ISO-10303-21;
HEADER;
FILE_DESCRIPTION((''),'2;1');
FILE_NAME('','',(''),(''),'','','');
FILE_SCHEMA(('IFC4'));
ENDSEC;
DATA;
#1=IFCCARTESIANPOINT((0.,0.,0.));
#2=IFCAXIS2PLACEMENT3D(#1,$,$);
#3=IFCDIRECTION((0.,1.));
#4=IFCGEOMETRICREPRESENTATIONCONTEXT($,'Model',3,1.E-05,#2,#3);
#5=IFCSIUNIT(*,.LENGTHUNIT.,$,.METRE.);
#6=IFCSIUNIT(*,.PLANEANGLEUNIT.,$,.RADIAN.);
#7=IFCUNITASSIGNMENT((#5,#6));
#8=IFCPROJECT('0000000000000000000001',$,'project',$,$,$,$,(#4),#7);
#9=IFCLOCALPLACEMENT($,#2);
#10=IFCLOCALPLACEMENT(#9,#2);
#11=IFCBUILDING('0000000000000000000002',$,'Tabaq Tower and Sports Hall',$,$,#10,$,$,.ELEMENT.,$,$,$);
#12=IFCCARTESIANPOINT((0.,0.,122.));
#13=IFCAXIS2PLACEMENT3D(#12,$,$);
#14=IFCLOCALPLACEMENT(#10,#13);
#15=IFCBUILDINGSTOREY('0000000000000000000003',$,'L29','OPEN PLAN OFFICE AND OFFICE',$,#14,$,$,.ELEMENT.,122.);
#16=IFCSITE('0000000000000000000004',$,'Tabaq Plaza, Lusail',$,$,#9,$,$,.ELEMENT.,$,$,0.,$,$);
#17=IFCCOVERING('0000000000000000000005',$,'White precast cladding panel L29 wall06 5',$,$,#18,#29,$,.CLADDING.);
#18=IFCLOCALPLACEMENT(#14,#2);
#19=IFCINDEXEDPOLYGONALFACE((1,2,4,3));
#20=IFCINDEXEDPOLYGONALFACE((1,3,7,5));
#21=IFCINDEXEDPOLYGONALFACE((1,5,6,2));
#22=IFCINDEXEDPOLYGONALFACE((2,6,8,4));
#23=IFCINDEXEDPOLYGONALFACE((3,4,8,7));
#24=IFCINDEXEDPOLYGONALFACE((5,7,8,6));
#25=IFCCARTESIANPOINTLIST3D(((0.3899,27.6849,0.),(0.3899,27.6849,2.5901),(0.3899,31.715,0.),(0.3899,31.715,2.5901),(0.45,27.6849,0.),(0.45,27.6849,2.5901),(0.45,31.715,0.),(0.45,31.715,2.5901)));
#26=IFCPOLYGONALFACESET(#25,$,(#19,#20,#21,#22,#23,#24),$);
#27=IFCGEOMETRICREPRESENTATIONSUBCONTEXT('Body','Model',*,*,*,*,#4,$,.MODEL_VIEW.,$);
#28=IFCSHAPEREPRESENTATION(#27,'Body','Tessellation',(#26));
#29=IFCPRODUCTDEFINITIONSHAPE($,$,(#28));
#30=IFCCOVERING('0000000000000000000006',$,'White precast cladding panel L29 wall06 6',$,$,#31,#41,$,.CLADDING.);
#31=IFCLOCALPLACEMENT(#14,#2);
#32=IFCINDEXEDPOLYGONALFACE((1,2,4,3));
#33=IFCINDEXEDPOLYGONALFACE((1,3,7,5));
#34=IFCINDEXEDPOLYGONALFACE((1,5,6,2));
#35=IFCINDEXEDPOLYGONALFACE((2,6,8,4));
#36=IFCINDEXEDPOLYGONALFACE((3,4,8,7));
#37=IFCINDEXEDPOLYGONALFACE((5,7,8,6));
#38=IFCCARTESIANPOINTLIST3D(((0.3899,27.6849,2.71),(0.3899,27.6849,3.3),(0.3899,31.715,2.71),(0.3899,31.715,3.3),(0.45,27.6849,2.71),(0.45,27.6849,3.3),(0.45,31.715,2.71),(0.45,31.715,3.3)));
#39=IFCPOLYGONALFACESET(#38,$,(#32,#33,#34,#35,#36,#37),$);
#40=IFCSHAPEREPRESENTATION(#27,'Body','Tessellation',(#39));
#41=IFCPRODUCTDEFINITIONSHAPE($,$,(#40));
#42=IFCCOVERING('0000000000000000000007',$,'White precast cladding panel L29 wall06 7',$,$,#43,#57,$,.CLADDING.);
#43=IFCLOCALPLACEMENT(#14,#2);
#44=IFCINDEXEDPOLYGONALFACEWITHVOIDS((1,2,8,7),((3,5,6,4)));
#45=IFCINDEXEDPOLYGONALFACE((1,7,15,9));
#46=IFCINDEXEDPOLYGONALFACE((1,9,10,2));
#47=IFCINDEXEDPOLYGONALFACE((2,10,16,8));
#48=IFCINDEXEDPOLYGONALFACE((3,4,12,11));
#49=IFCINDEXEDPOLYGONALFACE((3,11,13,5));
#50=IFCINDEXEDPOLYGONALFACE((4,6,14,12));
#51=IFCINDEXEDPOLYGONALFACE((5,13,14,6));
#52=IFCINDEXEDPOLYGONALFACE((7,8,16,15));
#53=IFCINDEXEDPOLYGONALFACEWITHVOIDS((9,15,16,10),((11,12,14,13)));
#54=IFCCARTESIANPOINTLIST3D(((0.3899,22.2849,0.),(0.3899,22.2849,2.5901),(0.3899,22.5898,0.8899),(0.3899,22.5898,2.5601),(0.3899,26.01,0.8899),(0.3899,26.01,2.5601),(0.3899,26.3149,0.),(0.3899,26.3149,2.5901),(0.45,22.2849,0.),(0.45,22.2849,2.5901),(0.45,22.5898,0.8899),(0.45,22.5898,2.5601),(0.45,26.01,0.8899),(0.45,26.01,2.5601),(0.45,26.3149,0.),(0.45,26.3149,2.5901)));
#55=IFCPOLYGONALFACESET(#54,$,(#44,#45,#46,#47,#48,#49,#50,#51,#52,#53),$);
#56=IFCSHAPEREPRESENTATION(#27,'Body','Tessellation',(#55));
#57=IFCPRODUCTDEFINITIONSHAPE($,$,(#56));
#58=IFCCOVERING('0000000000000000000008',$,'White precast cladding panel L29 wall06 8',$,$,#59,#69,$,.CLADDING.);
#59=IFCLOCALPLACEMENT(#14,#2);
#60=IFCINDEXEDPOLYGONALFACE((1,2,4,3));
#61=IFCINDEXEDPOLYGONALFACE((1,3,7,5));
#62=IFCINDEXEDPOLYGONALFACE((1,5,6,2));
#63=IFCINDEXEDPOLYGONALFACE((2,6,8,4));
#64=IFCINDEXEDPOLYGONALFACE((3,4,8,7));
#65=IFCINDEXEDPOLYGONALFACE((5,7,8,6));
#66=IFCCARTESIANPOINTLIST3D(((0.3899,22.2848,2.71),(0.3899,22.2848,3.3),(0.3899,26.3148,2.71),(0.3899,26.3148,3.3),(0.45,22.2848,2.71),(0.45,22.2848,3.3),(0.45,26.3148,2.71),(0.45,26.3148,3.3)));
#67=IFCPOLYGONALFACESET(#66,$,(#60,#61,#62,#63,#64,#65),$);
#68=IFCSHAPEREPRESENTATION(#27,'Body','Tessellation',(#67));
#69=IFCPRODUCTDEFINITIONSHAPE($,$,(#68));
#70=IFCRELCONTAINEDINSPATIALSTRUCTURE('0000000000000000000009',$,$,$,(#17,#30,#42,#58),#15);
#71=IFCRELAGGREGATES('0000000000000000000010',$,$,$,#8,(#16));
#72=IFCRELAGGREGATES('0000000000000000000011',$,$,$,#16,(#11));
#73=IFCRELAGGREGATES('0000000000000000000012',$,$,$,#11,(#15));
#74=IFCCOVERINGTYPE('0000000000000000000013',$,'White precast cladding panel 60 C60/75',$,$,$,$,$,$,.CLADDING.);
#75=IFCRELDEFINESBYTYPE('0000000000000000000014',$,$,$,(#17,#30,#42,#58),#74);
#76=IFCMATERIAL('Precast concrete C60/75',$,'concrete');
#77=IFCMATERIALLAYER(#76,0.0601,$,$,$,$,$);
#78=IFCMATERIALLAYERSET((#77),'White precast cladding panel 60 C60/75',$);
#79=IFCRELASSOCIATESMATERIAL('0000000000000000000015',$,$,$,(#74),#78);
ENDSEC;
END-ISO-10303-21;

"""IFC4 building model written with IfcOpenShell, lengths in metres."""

from ifc_helpers import new_model, si_unit, direction, frame, frame_2d, origin, place, context, subcontext, project, spatial, polyline, rectangle, outline, extrude, material, layer, layer_set, type_object, element, save


model = new_model("IFC4")

# Units and contexts
model_context = context("Model", 3, precision=1e-05, world=origin(), true_north=direction((0.0, 1.0)))
body_context = subcontext(model_context, "Body", "Model", "MODEL_VIEW")
ifc_project = project(units=[si_unit("LENGTHUNIT", "METRE"), si_unit("PLANEANGLEUNIT", "RADIAN")], contexts=[model_context])

# Site, building, storey
site_placement = place(None, origin())
site = spatial("IfcSite", under=ifc_project, at=site_placement, Name="Tabaq Plaza, Lusail", CompositionType="ELEMENT", RefElevation=0.0)
building_placement = place(site_placement, origin())
building = spatial("IfcBuilding", under=site, at=building_placement, Name="Tabaq Tower and Sports Hall", CompositionType="ELEMENT")
storey_placement = place(building_placement, frame((0.0, 0.0, 122.0)))
storey = spatial("IfcBuildingStorey", under=building, at=storey_placement, Name="L29", Description="OPEN PLAN OFFICE AND OFFICE", CompositionType="ELEMENT", Elevation=122.0)

# Coverings
ifc_material_1 = material(Name="Precast concrete C60/75", Category="concrete")
ifc_layer_1 = layer(ifc_material_1, 0.0601)
ifc_layer_set_1 = layer_set([ifc_layer_1], Name="White precast cladding panel 60 C60/75")
covering_type_1 = type_object("IfcCoveringType", Name="White precast cladding panel 60 C60/75", PredefinedType="CLADDING", material=ifc_layer_set_1)
covering_1_placement = place(storey_placement, frame((0.4199, 31.7151, 0.0), z_axis=(0.0, 0.0, 1.0), x_axis=(0.0, -1.0, 0.0)))
element("IfcCovering", 1, at=covering_1_placement, inside=storey, type_object=covering_type_1, Name="White precast cladding panel L29 wall06 5", PredefinedType="CLADDING", context=body_context, shape_type="SweptSolid", body=[
    extrude(rectangle(XDim=4.03, YDim=0.0601, at=frame_2d((2.0151, 0.0))), origin(), (0.0, 0.0, 1.0), 2.5901),
])
covering_2_placement = place(storey_placement, frame((0.4199, 31.7151, 2.71), z_axis=(0.0, 0.0, 1.0), x_axis=(0.0, -1.0, 0.0)))
element("IfcCovering", 2, at=covering_2_placement, inside=storey, type_object=covering_type_1, Name="White precast cladding panel L29 wall06 6", PredefinedType="CLADDING", context=body_context, shape_type="SweptSolid", body=[
    extrude(rectangle(XDim=4.03, YDim=0.0601, at=frame_2d((2.0151, 0.0))), origin(), (0.0, 0.0, 1.0), 0.5901),
])
covering_3_placement = place(storey_placement, frame((0.4199, 26.3149, 0.0), z_axis=(0.0, 0.0, 1.0), x_axis=(0.0, -1.0, 0.0)))
element("IfcCovering", 3, at=covering_3_placement, inside=storey, type_object=covering_type_1, Name="White precast cladding panel L29 wall06 7", PredefinedType="CLADDING", context=body_context, shape_type="SweptSolid", body=[
    extrude(outline(polyline([(0.0, 0.0), (4.03, 0.0), (4.03, 2.5901), (0.0, 2.5901), (0.0, 0.0)]), holes=[polyline([(3.7251, 0.8899), (0.3049, 0.8899), (0.3049, 2.5601), (3.7251, 2.5601), (3.7251, 0.8899)])]), frame((0.0, 0.03, 0.0), z_axis=(0.0, -1.0, 0.0), x_axis=(1.0, 0.0, 0.0)), (0.0, 0.0, 1.0), 0.0601),
])
covering_4_placement = place(storey_placement, frame((0.4199, 26.3149, 2.71), z_axis=(0.0, 0.0, 1.0), x_axis=(0.0, -1.0, 0.0)))
element("IfcCovering", 4, at=covering_4_placement, inside=storey, type_object=covering_type_1, Name="White precast cladding panel L29 wall06 8", PredefinedType="CLADDING", context=body_context, shape_type="SweptSolid", body=[
    extrude(rectangle(XDim=4.03, YDim=0.0601, at=frame_2d((2.0151, 0.0))), origin(), (0.0, 0.0, 1.0), 0.5901),
])

save(model, "model.ifc")
